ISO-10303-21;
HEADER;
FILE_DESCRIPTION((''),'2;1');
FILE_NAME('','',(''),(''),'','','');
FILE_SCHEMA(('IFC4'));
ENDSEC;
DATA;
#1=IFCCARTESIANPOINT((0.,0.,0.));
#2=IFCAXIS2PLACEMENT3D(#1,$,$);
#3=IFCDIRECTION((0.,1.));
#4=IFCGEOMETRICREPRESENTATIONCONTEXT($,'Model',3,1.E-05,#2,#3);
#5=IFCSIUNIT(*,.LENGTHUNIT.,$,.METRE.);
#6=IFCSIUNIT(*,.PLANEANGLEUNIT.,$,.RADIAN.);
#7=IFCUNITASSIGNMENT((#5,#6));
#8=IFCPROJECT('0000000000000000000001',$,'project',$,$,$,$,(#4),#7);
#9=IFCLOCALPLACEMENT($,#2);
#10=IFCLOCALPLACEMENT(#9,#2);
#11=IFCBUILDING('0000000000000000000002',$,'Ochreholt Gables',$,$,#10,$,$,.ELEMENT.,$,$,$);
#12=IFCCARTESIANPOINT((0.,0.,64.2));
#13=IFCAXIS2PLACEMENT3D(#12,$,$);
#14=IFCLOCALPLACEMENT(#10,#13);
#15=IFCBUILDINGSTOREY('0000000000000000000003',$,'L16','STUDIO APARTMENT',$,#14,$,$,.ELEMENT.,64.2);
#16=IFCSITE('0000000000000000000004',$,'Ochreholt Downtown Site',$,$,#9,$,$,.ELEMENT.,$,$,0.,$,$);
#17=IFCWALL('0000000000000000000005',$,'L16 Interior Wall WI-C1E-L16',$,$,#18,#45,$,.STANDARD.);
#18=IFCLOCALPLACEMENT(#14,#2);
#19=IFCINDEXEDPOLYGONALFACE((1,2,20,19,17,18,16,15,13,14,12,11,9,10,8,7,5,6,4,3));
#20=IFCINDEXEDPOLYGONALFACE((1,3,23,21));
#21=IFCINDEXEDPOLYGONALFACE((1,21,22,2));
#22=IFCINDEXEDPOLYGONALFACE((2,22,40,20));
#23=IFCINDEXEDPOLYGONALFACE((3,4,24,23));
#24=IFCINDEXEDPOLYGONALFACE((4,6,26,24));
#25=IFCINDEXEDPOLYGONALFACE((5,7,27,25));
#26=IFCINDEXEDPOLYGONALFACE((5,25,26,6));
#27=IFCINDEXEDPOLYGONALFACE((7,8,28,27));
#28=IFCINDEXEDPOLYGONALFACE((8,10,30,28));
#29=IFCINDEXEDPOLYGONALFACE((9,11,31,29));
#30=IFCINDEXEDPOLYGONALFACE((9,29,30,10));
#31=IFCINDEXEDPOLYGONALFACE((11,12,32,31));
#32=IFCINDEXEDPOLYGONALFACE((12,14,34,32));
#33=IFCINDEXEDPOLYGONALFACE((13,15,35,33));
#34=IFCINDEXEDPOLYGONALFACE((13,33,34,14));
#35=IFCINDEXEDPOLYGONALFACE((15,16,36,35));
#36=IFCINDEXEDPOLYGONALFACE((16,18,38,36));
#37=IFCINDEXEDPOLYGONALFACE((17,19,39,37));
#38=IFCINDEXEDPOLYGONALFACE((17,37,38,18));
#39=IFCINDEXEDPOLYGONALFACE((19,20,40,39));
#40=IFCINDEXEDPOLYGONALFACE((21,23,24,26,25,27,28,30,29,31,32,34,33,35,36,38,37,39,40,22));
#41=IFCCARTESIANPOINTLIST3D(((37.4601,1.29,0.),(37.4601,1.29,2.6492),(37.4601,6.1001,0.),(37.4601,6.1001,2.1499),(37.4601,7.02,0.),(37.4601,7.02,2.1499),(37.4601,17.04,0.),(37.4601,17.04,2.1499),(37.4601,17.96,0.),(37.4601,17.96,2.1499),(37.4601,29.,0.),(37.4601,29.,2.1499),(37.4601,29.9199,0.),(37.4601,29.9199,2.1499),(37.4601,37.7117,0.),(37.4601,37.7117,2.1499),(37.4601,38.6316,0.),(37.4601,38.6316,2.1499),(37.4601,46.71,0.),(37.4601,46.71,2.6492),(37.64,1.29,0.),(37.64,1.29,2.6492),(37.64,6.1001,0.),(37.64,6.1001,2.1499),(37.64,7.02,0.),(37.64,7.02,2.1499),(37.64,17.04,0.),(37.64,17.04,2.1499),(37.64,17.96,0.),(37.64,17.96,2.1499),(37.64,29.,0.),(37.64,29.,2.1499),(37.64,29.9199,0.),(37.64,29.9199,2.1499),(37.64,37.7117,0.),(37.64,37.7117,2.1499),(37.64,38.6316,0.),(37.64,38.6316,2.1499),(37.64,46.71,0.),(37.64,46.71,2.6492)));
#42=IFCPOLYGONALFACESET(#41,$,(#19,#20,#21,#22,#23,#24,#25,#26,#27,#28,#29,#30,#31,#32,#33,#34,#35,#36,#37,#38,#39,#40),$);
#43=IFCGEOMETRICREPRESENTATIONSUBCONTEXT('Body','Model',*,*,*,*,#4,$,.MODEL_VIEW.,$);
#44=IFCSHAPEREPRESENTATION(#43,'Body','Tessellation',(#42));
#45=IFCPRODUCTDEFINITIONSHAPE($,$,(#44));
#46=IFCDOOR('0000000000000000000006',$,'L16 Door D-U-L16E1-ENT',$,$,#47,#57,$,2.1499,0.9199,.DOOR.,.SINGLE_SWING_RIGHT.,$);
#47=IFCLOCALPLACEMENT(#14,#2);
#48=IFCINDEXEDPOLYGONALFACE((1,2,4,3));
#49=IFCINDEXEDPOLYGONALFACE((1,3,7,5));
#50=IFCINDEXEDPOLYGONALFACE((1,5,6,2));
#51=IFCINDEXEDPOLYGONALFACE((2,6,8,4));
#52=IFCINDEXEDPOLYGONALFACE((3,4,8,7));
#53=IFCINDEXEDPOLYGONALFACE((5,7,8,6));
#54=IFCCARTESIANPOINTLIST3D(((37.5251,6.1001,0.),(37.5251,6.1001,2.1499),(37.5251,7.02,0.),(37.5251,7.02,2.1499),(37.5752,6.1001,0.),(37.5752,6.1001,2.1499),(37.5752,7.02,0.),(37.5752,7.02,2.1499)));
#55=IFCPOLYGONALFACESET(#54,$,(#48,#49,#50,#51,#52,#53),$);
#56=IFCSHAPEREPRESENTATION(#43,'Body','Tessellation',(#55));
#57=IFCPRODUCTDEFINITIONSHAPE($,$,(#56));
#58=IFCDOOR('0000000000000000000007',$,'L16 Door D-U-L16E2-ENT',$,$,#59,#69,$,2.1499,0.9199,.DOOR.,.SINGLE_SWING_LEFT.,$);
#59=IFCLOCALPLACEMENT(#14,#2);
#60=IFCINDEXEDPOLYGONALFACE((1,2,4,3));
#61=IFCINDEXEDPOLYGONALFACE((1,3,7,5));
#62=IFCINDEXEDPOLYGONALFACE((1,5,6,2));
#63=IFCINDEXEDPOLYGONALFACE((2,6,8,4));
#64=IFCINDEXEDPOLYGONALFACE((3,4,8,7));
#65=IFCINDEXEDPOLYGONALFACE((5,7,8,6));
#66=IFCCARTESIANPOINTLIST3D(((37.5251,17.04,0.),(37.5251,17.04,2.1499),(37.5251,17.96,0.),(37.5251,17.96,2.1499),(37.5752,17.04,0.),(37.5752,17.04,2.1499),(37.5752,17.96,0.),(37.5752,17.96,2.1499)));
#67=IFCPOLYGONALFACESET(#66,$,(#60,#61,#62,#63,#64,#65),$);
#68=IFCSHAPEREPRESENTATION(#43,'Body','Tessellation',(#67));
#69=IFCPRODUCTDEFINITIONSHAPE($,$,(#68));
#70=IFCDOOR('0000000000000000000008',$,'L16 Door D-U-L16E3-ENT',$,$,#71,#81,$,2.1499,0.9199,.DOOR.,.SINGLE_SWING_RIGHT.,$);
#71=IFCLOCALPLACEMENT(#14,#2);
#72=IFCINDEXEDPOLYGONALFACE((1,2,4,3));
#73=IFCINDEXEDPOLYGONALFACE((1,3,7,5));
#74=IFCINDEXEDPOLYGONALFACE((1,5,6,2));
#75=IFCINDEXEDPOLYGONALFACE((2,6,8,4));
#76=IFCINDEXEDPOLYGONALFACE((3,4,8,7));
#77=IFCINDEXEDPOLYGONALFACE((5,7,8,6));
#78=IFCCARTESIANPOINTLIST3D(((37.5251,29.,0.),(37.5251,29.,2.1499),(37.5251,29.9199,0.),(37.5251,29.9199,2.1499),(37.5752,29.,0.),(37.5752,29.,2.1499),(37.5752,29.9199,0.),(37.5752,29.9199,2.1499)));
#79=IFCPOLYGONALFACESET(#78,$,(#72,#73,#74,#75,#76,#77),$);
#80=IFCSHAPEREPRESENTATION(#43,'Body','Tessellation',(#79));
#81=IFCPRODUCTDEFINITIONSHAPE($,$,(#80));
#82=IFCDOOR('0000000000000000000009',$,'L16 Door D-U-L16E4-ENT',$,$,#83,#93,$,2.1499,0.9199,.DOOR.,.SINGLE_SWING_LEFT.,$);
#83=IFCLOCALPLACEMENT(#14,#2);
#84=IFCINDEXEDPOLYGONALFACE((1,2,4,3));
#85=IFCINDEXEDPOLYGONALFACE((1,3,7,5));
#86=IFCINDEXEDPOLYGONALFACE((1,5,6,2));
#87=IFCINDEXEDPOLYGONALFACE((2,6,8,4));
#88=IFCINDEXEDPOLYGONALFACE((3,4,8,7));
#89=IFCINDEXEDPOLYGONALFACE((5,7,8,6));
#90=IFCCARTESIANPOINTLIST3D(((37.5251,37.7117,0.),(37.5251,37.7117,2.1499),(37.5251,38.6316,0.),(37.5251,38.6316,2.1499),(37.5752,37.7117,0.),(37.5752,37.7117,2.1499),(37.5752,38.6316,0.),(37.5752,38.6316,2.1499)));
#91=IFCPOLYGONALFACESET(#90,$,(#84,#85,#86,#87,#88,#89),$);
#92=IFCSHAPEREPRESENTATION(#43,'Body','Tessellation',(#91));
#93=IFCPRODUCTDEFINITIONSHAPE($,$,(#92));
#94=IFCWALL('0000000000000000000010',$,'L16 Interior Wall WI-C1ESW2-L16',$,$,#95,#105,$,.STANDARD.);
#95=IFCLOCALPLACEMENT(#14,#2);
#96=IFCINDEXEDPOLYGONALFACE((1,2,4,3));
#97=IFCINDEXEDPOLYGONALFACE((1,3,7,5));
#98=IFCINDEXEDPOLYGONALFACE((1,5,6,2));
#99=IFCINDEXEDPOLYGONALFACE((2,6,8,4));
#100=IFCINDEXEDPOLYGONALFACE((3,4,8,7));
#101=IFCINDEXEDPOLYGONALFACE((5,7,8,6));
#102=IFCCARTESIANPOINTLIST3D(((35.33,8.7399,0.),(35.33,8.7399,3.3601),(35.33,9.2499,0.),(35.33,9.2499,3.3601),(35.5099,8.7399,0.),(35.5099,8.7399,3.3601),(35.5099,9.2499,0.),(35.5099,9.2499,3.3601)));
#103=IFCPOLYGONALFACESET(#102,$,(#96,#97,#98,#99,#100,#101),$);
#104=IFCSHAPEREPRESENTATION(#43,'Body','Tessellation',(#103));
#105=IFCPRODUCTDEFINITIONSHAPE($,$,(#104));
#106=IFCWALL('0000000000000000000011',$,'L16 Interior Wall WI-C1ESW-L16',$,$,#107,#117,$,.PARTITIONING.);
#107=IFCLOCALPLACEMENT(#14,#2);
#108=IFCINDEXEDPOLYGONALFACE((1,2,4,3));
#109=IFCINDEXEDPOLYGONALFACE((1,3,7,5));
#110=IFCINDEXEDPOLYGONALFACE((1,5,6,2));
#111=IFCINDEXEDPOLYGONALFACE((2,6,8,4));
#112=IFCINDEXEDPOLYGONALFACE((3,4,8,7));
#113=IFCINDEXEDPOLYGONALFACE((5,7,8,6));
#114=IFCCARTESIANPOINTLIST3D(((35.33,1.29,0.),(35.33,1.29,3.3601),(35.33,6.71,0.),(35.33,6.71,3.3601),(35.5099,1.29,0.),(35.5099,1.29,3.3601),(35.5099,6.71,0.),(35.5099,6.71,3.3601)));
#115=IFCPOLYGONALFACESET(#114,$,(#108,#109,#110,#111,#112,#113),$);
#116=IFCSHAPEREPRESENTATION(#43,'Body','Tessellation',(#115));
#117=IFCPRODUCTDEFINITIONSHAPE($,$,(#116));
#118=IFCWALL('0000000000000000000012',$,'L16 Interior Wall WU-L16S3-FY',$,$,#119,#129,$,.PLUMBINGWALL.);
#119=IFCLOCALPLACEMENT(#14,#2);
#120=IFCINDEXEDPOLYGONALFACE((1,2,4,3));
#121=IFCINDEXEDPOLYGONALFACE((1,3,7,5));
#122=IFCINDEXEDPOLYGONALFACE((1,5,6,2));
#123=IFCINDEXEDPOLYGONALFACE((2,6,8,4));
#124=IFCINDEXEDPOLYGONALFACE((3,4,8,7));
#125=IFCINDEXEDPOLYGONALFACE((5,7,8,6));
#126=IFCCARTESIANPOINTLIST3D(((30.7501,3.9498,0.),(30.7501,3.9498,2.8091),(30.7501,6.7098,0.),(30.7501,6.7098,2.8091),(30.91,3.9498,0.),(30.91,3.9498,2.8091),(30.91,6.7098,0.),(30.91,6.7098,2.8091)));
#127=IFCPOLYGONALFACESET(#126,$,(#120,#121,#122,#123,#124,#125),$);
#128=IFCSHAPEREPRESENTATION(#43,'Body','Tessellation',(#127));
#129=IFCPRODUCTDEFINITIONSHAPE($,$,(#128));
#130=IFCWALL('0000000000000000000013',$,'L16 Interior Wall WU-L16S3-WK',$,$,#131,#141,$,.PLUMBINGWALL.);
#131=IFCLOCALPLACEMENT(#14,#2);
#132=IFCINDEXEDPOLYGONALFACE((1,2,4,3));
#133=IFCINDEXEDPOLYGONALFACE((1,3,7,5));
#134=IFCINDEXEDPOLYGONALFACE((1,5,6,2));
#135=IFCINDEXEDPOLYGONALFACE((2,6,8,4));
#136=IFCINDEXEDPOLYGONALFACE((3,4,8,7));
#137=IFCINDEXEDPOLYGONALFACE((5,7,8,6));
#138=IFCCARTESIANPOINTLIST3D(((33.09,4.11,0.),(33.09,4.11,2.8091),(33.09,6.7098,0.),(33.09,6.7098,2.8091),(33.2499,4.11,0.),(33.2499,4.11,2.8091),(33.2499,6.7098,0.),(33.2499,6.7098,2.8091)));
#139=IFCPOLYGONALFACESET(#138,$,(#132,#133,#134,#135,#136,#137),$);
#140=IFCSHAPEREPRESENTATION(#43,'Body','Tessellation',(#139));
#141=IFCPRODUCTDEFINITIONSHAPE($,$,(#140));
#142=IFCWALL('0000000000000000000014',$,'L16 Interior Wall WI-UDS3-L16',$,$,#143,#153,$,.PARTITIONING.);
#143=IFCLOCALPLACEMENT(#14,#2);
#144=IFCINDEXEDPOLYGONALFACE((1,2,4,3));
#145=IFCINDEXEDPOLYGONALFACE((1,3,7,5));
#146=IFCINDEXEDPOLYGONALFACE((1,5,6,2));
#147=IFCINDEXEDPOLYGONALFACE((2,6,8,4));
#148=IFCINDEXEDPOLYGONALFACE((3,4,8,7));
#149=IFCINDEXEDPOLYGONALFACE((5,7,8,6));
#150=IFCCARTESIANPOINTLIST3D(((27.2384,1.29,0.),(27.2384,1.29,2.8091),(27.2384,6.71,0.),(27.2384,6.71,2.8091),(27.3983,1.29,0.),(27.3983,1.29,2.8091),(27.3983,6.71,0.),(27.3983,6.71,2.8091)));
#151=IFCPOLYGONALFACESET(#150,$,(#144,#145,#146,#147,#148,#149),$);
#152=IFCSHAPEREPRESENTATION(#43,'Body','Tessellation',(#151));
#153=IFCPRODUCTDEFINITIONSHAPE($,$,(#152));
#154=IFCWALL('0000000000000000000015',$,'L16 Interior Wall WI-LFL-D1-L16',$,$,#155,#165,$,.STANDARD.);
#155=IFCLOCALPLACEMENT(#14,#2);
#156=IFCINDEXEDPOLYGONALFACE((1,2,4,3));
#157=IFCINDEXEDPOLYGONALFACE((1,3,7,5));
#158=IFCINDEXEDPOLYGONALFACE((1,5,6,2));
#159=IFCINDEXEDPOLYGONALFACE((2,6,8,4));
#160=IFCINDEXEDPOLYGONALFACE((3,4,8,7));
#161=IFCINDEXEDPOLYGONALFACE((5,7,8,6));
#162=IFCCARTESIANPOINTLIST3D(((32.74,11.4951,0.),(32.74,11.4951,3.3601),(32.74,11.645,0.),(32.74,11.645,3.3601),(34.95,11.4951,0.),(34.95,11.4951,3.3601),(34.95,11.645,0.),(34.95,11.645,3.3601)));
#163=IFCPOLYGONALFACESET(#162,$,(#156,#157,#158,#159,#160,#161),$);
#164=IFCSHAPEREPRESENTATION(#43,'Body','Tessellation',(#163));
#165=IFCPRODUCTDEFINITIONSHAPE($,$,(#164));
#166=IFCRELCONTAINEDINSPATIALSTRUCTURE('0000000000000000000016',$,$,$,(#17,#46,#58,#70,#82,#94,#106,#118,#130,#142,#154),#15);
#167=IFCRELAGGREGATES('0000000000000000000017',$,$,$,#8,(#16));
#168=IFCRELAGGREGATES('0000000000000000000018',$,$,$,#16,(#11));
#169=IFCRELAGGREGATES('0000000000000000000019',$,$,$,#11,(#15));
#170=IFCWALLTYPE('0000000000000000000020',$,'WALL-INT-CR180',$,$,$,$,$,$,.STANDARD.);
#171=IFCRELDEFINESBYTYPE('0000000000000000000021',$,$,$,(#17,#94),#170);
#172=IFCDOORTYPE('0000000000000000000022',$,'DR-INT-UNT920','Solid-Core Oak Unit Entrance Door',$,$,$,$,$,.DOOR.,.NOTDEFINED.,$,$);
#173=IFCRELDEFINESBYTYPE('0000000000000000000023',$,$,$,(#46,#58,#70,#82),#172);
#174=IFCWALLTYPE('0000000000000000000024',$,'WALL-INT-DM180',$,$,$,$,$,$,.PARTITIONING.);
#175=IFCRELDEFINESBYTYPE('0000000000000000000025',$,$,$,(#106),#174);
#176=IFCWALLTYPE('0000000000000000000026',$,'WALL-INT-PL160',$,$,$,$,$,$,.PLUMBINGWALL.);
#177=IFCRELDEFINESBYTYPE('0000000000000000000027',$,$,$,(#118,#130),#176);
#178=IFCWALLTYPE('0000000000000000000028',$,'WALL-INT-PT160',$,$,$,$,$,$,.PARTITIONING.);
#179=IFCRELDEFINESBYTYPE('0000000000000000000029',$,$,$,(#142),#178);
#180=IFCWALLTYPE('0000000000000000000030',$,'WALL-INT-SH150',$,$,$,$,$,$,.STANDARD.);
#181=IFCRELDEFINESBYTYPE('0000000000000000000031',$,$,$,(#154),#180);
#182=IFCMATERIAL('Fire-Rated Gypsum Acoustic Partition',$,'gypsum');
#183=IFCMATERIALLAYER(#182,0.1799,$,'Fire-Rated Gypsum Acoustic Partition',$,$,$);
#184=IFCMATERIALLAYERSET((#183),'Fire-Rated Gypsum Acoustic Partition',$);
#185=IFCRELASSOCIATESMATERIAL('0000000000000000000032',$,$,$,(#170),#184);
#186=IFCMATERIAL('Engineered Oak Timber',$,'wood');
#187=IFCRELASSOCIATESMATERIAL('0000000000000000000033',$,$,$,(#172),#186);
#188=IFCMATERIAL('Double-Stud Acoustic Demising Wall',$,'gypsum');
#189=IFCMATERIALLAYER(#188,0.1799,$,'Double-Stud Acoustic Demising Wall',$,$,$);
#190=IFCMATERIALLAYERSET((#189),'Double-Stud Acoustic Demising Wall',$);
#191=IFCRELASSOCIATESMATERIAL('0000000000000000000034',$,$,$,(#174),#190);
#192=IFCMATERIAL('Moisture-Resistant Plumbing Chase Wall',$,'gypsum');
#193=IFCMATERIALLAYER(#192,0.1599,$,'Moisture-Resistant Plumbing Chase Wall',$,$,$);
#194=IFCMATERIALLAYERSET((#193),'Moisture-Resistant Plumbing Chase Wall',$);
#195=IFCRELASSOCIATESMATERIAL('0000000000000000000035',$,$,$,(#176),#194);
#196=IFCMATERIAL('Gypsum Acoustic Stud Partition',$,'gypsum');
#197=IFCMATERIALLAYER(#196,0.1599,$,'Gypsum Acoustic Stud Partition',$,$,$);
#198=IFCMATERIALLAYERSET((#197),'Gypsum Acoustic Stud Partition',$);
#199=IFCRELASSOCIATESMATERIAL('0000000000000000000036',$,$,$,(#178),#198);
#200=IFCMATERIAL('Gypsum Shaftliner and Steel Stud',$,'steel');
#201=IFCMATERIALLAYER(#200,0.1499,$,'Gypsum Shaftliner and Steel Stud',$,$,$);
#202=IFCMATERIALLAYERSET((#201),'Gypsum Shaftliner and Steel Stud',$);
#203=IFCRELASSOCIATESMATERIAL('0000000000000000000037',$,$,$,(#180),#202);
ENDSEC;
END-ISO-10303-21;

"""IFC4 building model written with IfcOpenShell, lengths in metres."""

from ifc_helpers import new_model, si_unit, direction, frame, frame_2d, origin, place, context, subcontext, project, spatial, rectangle, extrude, material, layer, layer_set, type_object, element, fill, save


model = new_model("IFC4")

# Units and contexts
model_context = context("Model", 3, precision=1e-05, world=origin(), true_north=direction((0.0, 1.0)))
body_context = subcontext(model_context, "Body", "Model", "MODEL_VIEW")
ifc_project = project(units=[si_unit("LENGTHUNIT", "METRE"), si_unit("PLANEANGLEUNIT", "RADIAN")], contexts=[model_context])

# Site, building, storey
site_placement = place(None, origin())
site = spatial("IfcSite", under=ifc_project, at=site_placement, Name="Ochreholt Downtown Site", CompositionType="ELEMENT", RefElevation=0.0)
building_placement = place(site_placement, origin())
building = spatial("IfcBuilding", under=site, at=building_placement, Name="Ochreholt Gables", CompositionType="ELEMENT")
storey_placement = place(building_placement, frame((0.0, 0.0, 64.2)))
storey = spatial("IfcBuildingStorey", under=building, at=storey_placement, Name="L16", Description="STUDIO APARTMENT", CompositionType="ELEMENT", Elevation=64.2)

# Wall, openings, doors
ifc_material_1 = material(Name="Fire-Rated Gypsum Acoustic Partition", Category="gypsum")
ifc_layer_1 = layer(ifc_material_1, 0.1799, Name="Fire-Rated Gypsum Acoustic Partition")
ifc_layer_set_1 = layer_set([ifc_layer_1], Name="Fire-Rated Gypsum Acoustic Partition")
wall_type_1 = type_object("IfcWallType", Name="WALL-INT-CR180", PredefinedType="STANDARD", material=ifc_layer_set_1)
wall_1_placement = place(storey_placement, frame((37.55, 1.29, 0.0), z_axis=(0.0, 0.0, 1.0), x_axis=(0.0, 1.0, 0.0)))
wall_1 = element("IfcWall", 1, at=wall_1_placement, inside=storey, type_object=wall_type_1, Name="L16 Interior Wall WI-C1E-L16", PredefinedType="STANDARD", context=body_context, shape_type="SweptSolid", body=[
    extrude(rectangle(XDim=45.4199, YDim=0.1799, at=frame_2d((22.71, 0.0))), origin(), (0.0, 0.0, 1.0), 2.6492),
])
opening_1_placement = place(wall_1_placement, frame((4.8101, 0.0, 0.0)))
opening_1 = element("IfcOpeningElement", 2, at=opening_1_placement, cuts=wall_1, PredefinedType="OPENING", context=body_context, shape_type="SweptSolid", body=[
    extrude(rectangle(XDim=0.9199, YDim=2.1499, at=frame_2d((0.46, 1.075))), frame((0.0, 0.0999, 0.0), z_axis=(0.0, -1.0, 0.0), x_axis=(1.0, 0.0, 0.0)), (0.0, 0.0, 1.0), 0.2),
])
opening_2_placement = place(wall_1_placement, frame((15.75, 0.0, 0.0)))
opening_2 = element("IfcOpeningElement", 3, at=opening_2_placement, cuts=wall_1, PredefinedType="OPENING", context=body_context, shape_type="SweptSolid", body=[
    extrude(rectangle(XDim=0.9199, YDim=2.1499, at=frame_2d((0.46, 1.075))), frame((0.0, 0.0999, 0.0), z_axis=(0.0, -1.0, 0.0), x_axis=(1.0, 0.0, 0.0)), (0.0, 0.0, 1.0), 0.2),
])
opening_3_placement = place(wall_1_placement, frame((27.71, 0.0, 0.0)))
opening_3 = element("IfcOpeningElement", 4, at=opening_3_placement, cuts=wall_1, PredefinedType="OPENING", context=body_context, shape_type="SweptSolid", body=[
    extrude(rectangle(XDim=0.9199, YDim=2.1499, at=frame_2d((0.46, 1.075))), frame((0.0, 0.0999, 0.0), z_axis=(0.0, -1.0, 0.0), x_axis=(1.0, 0.0, 0.0)), (0.0, 0.0, 1.0), 0.2),
])
opening_4_placement = place(wall_1_placement, frame((36.4216, 0.0, 0.0)))
opening_4 = element("IfcOpeningElement", 5, at=opening_4_placement, cuts=wall_1, PredefinedType="OPENING", context=body_context, shape_type="SweptSolid", body=[
    extrude(rectangle(XDim=0.9199, YDim=2.1499, at=frame_2d((0.46, 1.075))), frame((0.0, 0.0999, 0.0), z_axis=(0.0, -1.0, 0.0), x_axis=(1.0, 0.0, 0.0)), (0.0, 0.0, 1.0), 0.2),
])
ifc_material_2 = material(Name="Engineered Oak Timber", Category="wood")
door_type_1 = type_object("IfcDoorType", Name="DR-INT-UNT920", Description="Solid-Core Oak Unit Entrance Door", OperationType="NOTDEFINED", PredefinedType="DOOR", material=ifc_material_2)
door_1_placement = place(opening_1_placement, origin())
door_1 = element("IfcDoor", 6, at=door_1_placement, inside=storey, type_object=door_type_1, Name="L16 Door D-U-L16E1-ENT", OperationType="SINGLE_SWING_RIGHT", OverallHeight=2.1499, OverallWidth=0.9199, PredefinedType="DOOR", context=body_context, shape_type="SweptSolid", body=[
    extrude(rectangle(XDim=0.9199, YDim=2.1499, at=frame_2d((0.46, 1.075))), frame((0.0, 0.0249, 0.0), z_axis=(0.0, -1.0, 0.0), x_axis=(1.0, 0.0, 0.0)), (0.0, 0.0, 1.0), 0.05),
])
fill(opening_1, door_1)
door_2_placement = place(opening_2_placement, origin())
door_2 = element("IfcDoor", 7, at=door_2_placement, inside=storey, type_object=door_type_1, Name="L16 Door D-U-L16E2-ENT", OperationType="SINGLE_SWING_LEFT", OverallHeight=2.1499, OverallWidth=0.9199, PredefinedType="DOOR", context=body_context, shape_type="SweptSolid", body=[
    extrude(rectangle(XDim=0.9199, YDim=2.1499, at=frame_2d((0.46, 1.075))), frame((0.0, 0.0249, 0.0), z_axis=(0.0, -1.0, 0.0), x_axis=(1.0, 0.0, 0.0)), (0.0, 0.0, 1.0), 0.05),
])
fill(opening_2, door_2)
door_3_placement = place(opening_3_placement, origin())
door_3 = element("IfcDoor", 8, at=door_3_placement, inside=storey, type_object=door_type_1, Name="L16 Door D-U-L16E3-ENT", OperationType="SINGLE_SWING_RIGHT", OverallHeight=2.1499, OverallWidth=0.9199, PredefinedType="DOOR", context=body_context, shape_type="SweptSolid", body=[
    extrude(rectangle(XDim=0.9199, YDim=2.1499, at=frame_2d((0.46, 1.075))), frame((0.0, 0.0249, 0.0), z_axis=(0.0, -1.0, 0.0), x_axis=(1.0, 0.0, 0.0)), (0.0, 0.0, 1.0), 0.05),
])
fill(opening_3, door_3)
door_4_placement = place(opening_4_placement, origin())
door_4 = element("IfcDoor", 9, at=door_4_placement, inside=storey, type_object=door_type_1, Name="L16 Door D-U-L16E4-ENT", OperationType="SINGLE_SWING_LEFT", OverallHeight=2.1499, OverallWidth=0.9199, PredefinedType="DOOR", context=body_context, shape_type="SweptSolid", body=[
    extrude(rectangle(XDim=0.9199, YDim=2.1499, at=frame_2d((0.46, 1.075))), frame((0.0, 0.0249, 0.0), z_axis=(0.0, -1.0, 0.0), x_axis=(1.0, 0.0, 0.0)), (0.0, 0.0, 1.0), 0.05),
])
fill(opening_4, door_4)

# Walls
wall_2_placement = place(storey_placement, frame((35.4199, 8.74, 0.0), z_axis=(0.0, 0.0, 1.0), x_axis=(0.0, 1.0, 0.0)))
element("IfcWall", 10, at=wall_2_placement, inside=storey, type_object=wall_type_1, Name="L16 Interior Wall WI-C1ESW2-L16", PredefinedType="STANDARD", context=body_context, shape_type="SweptSolid", body=[
    extrude(rectangle(XDim=0.51, YDim=0.1799, at=frame_2d((0.2549, 0.0))), origin(), (0.0, 0.0, 1.0), 3.3601),
])
ifc_material_3 = material(Name="Double-Stud Acoustic Demising Wall", Category="gypsum")
ifc_layer_2 = layer(ifc_material_3, 0.1799, Name="Double-Stud Acoustic Demising Wall")
ifc_layer_set_2 = layer_set([ifc_layer_2], Name="Double-Stud Acoustic Demising Wall")
wall_type_2 = type_object("IfcWallType", Name="WALL-INT-DM180", PredefinedType="PARTITIONING", material=ifc_layer_set_2)
wall_3_placement = place(storey_placement, frame((35.4199, 1.29, 0.0), z_axis=(0.0, 0.0, 1.0), x_axis=(0.0, 1.0, 0.0)))
element("IfcWall", 11, at=wall_3_placement, inside=storey, type_object=wall_type_2, Name="L16 Interior Wall WI-C1ESW-L16", PredefinedType="PARTITIONING", context=body_context, shape_type="SweptSolid", body=[
    extrude(rectangle(XDim=5.4199, YDim=0.1799, at=frame_2d((2.71, 0.0))), origin(), (0.0, 0.0, 1.0), 3.3601),
])

# Shared definitions
ifc_material_4 = material(Name="Moisture-Resistant Plumbing Chase Wall", Category="gypsum")
ifc_layer_3 = layer(ifc_material_4, 0.1599, Name="Moisture-Resistant Plumbing Chase Wall")
ifc_layer_set_3 = layer_set([ifc_layer_3], Name="Moisture-Resistant Plumbing Chase Wall")
wall_type_3 = type_object("IfcWallType", Name="WALL-INT-PL160", PredefinedType="PLUMBINGWALL", material=ifc_layer_set_3)

# Walls
wall_4_placement = place(storey_placement, frame((30.8301, 3.95, 0.0), z_axis=(0.0, 0.0, 1.0), x_axis=(0.0, 1.0, 0.0)))
element("IfcWall", 12, at=wall_4_placement, inside=storey, type_object=wall_type_3, Name="L16 Interior Wall WU-L16S3-FY", PredefinedType="PLUMBINGWALL", context=body_context, shape_type="SweptSolid", body=[
    extrude(rectangle(XDim=2.76, YDim=0.1599, at=frame_2d((1.3799, 0.0))), origin(), (0.0, 0.0, 1.0), 2.8091),
])
wall_5_placement = place(storey_placement, frame((33.1699, 4.1101, 0.0), z_axis=(0.0, 0.0, 1.0), x_axis=(0.0, 1.0, 0.0)))
element("IfcWall", 13, at=wall_5_placement, inside=storey, type_object=wall_type_3, Name="L16 Interior Wall WU-L16S3-WK", PredefinedType="PLUMBINGWALL", context=body_context, shape_type="SweptSolid", body=[
    extrude(rectangle(XDim=2.5999, YDim=0.1599, at=frame_2d((1.2998, 0.0))), origin(), (0.0, 0.0, 1.0), 2.8091),
])
ifc_material_5 = material(Name="Gypsum Acoustic Stud Partition", Category="gypsum")
ifc_layer_4 = layer(ifc_material_5, 0.1599, Name="Gypsum Acoustic Stud Partition")
ifc_layer_set_4 = layer_set([ifc_layer_4], Name="Gypsum Acoustic Stud Partition")
wall_type_4 = type_object("IfcWallType", Name="WALL-INT-PT160", PredefinedType="PARTITIONING", material=ifc_layer_set_4)
wall_6_placement = place(storey_placement, frame((27.3184, 1.29, 0.0), z_axis=(0.0, 0.0, 1.0), x_axis=(0.0, 1.0, 0.0)))
element("IfcWall", 14, at=wall_6_placement, inside=storey, type_object=wall_type_4, Name="L16 Interior Wall WI-UDS3-L16", PredefinedType="PARTITIONING", context=body_context, shape_type="SweptSolid", body=[
    extrude(rectangle(XDim=5.4199, YDim=0.1599, at=frame_2d((2.71, 0.0))), origin(), (0.0, 0.0, 1.0), 2.8091),
])
ifc_material_6 = material(Name="Gypsum Shaftliner and Steel Stud", Category="steel")
ifc_layer_5 = layer(ifc_material_6, 0.1499, Name="Gypsum Shaftliner and Steel Stud")
ifc_layer_set_5 = layer_set([ifc_layer_5], Name="Gypsum Shaftliner and Steel Stud")
wall_type_5 = type_object("IfcWallType", Name="WALL-INT-SH150", PredefinedType="STANDARD", material=ifc_layer_set_5)
wall_7_placement = place(storey_placement, frame((32.74, 11.5701, 0.0), z_axis=(0.0, 0.0, 1.0), x_axis=(1.0, 0.0, 0.0)))
element("IfcWall", 15, at=wall_7_placement, inside=storey, type_object=wall_type_5, Name="L16 Interior Wall WI-LFL-D1-L16", PredefinedType="STANDARD", context=body_context, shape_type="SweptSolid", body=[
    extrude(rectangle(XDim=2.21, YDim=0.1499, at=frame_2d((1.105, 0.0))), origin(), (0.0, 0.0, 1.0), 3.3601),
])

save(model, "model.ifc")
